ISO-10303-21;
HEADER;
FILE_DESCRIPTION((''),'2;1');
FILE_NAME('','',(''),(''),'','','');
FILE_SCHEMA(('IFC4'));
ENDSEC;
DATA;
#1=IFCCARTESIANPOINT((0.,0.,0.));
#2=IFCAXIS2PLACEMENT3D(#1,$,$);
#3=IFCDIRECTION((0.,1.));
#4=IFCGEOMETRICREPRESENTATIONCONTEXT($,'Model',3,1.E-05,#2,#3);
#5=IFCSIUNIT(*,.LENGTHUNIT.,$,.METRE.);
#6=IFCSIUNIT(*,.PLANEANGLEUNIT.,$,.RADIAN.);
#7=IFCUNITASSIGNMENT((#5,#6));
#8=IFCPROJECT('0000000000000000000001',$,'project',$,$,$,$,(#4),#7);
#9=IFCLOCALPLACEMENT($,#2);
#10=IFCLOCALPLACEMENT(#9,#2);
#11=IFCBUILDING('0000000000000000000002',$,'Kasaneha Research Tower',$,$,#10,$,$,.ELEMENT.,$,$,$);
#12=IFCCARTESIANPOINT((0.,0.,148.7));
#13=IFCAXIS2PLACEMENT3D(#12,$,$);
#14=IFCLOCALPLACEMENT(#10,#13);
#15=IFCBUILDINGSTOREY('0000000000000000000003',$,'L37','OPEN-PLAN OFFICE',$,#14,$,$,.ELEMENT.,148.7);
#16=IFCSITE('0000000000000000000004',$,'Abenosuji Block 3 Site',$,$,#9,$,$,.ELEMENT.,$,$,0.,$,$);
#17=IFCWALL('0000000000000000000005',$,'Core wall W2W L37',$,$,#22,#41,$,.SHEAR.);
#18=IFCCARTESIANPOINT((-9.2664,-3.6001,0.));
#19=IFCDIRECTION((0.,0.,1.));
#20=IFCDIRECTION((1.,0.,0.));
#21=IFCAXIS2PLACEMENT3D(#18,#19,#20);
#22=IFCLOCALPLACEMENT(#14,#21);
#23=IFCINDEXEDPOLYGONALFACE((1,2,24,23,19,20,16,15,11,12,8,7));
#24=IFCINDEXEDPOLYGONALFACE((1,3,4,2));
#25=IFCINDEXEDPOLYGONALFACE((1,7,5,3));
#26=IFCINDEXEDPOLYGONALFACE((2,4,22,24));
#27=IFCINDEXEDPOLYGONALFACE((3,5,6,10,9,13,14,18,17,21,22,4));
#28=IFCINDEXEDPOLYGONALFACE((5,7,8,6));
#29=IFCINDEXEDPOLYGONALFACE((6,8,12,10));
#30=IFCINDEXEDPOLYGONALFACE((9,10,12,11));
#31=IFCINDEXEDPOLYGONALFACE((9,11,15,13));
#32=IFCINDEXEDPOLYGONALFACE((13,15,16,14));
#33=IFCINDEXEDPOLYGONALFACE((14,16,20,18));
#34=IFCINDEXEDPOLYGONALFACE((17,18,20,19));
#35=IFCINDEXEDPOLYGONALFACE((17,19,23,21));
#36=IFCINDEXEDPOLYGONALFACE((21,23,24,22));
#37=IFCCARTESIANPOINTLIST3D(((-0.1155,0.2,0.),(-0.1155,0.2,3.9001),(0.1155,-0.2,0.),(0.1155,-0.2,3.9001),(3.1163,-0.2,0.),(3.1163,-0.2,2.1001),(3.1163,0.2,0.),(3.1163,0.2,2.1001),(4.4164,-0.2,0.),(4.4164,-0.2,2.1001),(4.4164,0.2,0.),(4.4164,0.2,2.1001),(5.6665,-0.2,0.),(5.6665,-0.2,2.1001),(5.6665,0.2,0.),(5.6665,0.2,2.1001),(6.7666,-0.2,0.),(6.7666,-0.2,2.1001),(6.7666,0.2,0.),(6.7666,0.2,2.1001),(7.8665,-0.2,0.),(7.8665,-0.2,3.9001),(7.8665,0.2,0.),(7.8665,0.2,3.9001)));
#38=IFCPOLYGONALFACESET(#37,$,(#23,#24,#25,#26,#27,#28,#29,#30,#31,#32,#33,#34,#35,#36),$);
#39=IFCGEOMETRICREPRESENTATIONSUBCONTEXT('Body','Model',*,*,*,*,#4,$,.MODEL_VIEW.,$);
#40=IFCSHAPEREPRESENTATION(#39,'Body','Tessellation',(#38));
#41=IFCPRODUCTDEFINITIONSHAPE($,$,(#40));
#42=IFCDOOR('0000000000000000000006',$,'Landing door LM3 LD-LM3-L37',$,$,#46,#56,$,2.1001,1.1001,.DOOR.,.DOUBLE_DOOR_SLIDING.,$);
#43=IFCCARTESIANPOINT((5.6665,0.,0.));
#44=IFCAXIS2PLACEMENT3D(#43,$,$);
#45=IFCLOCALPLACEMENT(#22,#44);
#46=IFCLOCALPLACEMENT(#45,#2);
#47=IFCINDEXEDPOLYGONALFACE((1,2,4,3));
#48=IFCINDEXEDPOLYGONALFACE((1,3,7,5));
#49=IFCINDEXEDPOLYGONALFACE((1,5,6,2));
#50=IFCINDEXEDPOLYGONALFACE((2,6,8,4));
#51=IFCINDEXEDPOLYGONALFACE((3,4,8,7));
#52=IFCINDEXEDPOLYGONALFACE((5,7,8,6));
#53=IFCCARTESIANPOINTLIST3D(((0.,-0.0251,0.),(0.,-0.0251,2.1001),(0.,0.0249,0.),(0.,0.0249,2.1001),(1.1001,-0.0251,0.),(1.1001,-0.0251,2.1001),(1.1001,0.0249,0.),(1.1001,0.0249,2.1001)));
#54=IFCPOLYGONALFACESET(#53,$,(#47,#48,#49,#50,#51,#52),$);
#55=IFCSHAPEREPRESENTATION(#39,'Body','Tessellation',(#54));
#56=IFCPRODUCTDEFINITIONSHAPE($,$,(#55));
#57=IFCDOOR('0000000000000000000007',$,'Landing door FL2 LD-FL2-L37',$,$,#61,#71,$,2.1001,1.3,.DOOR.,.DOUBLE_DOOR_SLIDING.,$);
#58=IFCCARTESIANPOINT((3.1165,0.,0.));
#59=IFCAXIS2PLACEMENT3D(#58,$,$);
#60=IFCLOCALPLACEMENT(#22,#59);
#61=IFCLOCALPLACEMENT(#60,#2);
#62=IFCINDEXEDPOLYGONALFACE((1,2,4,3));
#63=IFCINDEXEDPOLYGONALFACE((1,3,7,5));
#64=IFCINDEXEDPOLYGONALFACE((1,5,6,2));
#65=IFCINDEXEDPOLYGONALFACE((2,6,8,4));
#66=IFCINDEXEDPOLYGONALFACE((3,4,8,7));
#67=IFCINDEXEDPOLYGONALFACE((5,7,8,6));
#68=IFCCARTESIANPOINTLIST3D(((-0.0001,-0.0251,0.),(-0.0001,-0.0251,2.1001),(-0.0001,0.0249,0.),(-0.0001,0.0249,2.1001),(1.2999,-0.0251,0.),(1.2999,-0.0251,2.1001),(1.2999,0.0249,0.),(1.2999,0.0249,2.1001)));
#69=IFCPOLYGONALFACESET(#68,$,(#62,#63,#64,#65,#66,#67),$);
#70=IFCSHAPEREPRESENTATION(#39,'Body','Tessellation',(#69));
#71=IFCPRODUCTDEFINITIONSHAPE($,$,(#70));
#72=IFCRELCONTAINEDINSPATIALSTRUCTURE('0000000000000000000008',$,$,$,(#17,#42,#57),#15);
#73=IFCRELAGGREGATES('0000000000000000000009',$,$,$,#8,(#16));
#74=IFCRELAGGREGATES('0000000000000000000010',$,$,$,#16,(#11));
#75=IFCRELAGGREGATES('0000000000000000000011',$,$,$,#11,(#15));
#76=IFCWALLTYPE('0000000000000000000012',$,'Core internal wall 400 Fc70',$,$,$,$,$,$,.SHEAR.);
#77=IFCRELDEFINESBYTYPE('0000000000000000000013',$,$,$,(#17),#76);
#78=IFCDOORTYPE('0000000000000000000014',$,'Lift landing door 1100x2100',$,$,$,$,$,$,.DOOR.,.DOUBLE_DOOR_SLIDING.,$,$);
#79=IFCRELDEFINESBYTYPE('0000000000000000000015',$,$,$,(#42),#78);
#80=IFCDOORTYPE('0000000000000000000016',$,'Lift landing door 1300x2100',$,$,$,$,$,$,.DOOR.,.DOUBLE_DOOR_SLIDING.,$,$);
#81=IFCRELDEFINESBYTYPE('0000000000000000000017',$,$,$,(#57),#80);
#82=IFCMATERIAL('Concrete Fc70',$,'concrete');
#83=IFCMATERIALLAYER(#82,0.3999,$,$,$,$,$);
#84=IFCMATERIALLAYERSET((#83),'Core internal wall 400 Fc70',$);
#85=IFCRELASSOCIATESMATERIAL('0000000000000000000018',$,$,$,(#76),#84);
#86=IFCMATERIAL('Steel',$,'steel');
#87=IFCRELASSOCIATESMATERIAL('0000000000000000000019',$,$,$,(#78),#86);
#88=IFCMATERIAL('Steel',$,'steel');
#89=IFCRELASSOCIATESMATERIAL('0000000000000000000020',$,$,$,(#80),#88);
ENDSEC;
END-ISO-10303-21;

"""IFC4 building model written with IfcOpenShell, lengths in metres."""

from ifc_helpers import new_model, si_unit, direction, frame, frame_2d, origin, place, context, subcontext, project, spatial, polyline, rectangle, outline, extrude, material, layer, layer_set, type_object, element, fill, save


model = new_model("IFC4")

# Units and contexts
model_context = context("Model", 3, precision=1e-05, world=origin(), true_north=direction((0.0, 1.0)))
body_context = subcontext(model_context, "Body", "Model", "MODEL_VIEW")
ifc_project = project(units=[si_unit("LENGTHUNIT", "METRE"), si_unit("PLANEANGLEUNIT", "RADIAN")], contexts=[model_context])

# Site, building, storey
site_placement = place(None, origin())
site = spatial("IfcSite", under=ifc_project, at=site_placement, Name="Abenosuji Block 3 Site", CompositionType="ELEMENT", RefElevation=0.0)
building_placement = place(site_placement, origin())
building = spatial("IfcBuilding", under=site, at=building_placement, Name="Kasaneha Research Tower", CompositionType="ELEMENT")
storey_placement = place(building_placement, frame((0.0, 0.0, 148.7)))
storey = spatial("IfcBuildingStorey", under=building, at=storey_placement, Name="L37", Description="OPEN-PLAN OFFICE", CompositionType="ELEMENT", Elevation=148.7)

# Wall, openings, doors
ifc_material_1 = material(Name="Concrete Fc70", Category="concrete")
ifc_layer_1 = layer(ifc_material_1, 0.3999)
ifc_layer_set_1 = layer_set([ifc_layer_1], Name="Core internal wall 400 Fc70")
wall_type_1 = type_object("IfcWallType", Name="Core internal wall 400 Fc70", PredefinedType="SHEAR", material=ifc_layer_set_1)
wall_1_placement = place(storey_placement, frame((-9.2664, -3.6001, 0.0), z_axis=(0.0, 0.0, 1.0), x_axis=(1.0, 0.0, 0.0)))
wall_1 = element("IfcWall", 1, at=wall_1_placement, inside=storey, type_object=wall_type_1, Name="Core wall W2W L37", PredefinedType="SHEAR", context=body_context, shape_type="SweptSolid", body=[
    extrude(outline(polyline([(0.1155, -0.2), (3.1165, -0.2), (4.4165, -0.2), (5.6665, -0.2), (6.7666, -0.2), (7.8665, -0.2), (7.8665, 0.2), (6.7666, 0.2), (5.6665, 0.2), (4.4165, 0.2), (3.1165, 0.2), (-0.1155, 0.2), (0.1155, -0.2)])), origin(), (0.0, 0.0, 1.0), 3.9001),
])
opening_1_placement = place(wall_1_placement, frame((5.6665, 0.0, 0.0)))
opening_1 = element("IfcOpeningElement", 2, at=opening_1_placement, cuts=wall_1, PredefinedType="OPENING", context=body_context, shape_type="SweptSolid", body=[
    extrude(rectangle(XDim=1.1001, YDim=2.1001, at=frame_2d((0.55, 1.05))), frame((0.0, 0.21, 0.0), z_axis=(0.0, -1.0, 0.0), x_axis=(1.0, 0.0, 0.0)), (0.0, 0.0, 1.0), 0.4199),
])
opening_2_placement = place(wall_1_placement, frame((3.1165, 0.0, 0.0)))
opening_2 = element("IfcOpeningElement", 3, at=opening_2_placement, cuts=wall_1, PredefinedType="OPENING", context=body_context, shape_type="SweptSolid", body=[
    extrude(rectangle(XDim=1.3, YDim=2.1001, at=frame_2d((0.6499, 1.05))), frame((0.0, 0.21, 0.0), z_axis=(0.0, -1.0, 0.0), x_axis=(1.0, 0.0, 0.0)), (0.0, 0.0, 1.0), 0.4199),
])
ifc_material_2 = material(Name="Steel", Category="steel")
door_type_1 = type_object("IfcDoorType", Name="Lift landing door 1100x2100", OperationType="DOUBLE_DOOR_SLIDING", PredefinedType="DOOR", material=ifc_material_2)
door_1_placement = place(opening_1_placement, origin())
door_1 = element("IfcDoor", 4, at=door_1_placement, inside=storey, type_object=door_type_1, Name="Landing door LM3 LD-LM3-L37", OperationType="DOUBLE_DOOR_SLIDING", OverallHeight=2.1001, OverallWidth=1.1001, PredefinedType="DOOR", context=body_context, shape_type="SweptSolid", body=[
    extrude(rectangle(XDim=1.1001, YDim=2.1001, at=frame_2d((0.55, 1.05))), frame((0.0, 0.0249, 0.0), z_axis=(0.0, -1.0, 0.0), x_axis=(1.0, 0.0, 0.0)), (0.0, 0.0, 1.0), 0.05),
])
fill(opening_1, door_1)
ifc_material_3 = material(Name="Steel", Category="steel")
door_type_2 = type_object("IfcDoorType", Name="Lift landing door 1300x2100", OperationType="DOUBLE_DOOR_SLIDING", PredefinedType="DOOR", material=ifc_material_3)
door_2_placement = place(opening_2_placement, origin())
door_2 = element("IfcDoor", 5, at=door_2_placement, inside=storey, type_object=door_type_2, Name="Landing door FL2 LD-FL2-L37", OperationType="DOUBLE_DOOR_SLIDING", OverallHeight=2.1001, OverallWidth=1.3, PredefinedType="DOOR", context=body_context, shape_type="SweptSolid", body=[
    extrude(rectangle(XDim=1.3, YDim=2.1001, at=frame_2d((0.6499, 1.05))), frame((0.0, 0.0249, 0.0), z_axis=(0.0, -1.0, 0.0), x_axis=(1.0, 0.0, 0.0)), (0.0, 0.0, 1.0), 0.05),
])
fill(opening_2, door_2)

save(model, "model.ifc")
